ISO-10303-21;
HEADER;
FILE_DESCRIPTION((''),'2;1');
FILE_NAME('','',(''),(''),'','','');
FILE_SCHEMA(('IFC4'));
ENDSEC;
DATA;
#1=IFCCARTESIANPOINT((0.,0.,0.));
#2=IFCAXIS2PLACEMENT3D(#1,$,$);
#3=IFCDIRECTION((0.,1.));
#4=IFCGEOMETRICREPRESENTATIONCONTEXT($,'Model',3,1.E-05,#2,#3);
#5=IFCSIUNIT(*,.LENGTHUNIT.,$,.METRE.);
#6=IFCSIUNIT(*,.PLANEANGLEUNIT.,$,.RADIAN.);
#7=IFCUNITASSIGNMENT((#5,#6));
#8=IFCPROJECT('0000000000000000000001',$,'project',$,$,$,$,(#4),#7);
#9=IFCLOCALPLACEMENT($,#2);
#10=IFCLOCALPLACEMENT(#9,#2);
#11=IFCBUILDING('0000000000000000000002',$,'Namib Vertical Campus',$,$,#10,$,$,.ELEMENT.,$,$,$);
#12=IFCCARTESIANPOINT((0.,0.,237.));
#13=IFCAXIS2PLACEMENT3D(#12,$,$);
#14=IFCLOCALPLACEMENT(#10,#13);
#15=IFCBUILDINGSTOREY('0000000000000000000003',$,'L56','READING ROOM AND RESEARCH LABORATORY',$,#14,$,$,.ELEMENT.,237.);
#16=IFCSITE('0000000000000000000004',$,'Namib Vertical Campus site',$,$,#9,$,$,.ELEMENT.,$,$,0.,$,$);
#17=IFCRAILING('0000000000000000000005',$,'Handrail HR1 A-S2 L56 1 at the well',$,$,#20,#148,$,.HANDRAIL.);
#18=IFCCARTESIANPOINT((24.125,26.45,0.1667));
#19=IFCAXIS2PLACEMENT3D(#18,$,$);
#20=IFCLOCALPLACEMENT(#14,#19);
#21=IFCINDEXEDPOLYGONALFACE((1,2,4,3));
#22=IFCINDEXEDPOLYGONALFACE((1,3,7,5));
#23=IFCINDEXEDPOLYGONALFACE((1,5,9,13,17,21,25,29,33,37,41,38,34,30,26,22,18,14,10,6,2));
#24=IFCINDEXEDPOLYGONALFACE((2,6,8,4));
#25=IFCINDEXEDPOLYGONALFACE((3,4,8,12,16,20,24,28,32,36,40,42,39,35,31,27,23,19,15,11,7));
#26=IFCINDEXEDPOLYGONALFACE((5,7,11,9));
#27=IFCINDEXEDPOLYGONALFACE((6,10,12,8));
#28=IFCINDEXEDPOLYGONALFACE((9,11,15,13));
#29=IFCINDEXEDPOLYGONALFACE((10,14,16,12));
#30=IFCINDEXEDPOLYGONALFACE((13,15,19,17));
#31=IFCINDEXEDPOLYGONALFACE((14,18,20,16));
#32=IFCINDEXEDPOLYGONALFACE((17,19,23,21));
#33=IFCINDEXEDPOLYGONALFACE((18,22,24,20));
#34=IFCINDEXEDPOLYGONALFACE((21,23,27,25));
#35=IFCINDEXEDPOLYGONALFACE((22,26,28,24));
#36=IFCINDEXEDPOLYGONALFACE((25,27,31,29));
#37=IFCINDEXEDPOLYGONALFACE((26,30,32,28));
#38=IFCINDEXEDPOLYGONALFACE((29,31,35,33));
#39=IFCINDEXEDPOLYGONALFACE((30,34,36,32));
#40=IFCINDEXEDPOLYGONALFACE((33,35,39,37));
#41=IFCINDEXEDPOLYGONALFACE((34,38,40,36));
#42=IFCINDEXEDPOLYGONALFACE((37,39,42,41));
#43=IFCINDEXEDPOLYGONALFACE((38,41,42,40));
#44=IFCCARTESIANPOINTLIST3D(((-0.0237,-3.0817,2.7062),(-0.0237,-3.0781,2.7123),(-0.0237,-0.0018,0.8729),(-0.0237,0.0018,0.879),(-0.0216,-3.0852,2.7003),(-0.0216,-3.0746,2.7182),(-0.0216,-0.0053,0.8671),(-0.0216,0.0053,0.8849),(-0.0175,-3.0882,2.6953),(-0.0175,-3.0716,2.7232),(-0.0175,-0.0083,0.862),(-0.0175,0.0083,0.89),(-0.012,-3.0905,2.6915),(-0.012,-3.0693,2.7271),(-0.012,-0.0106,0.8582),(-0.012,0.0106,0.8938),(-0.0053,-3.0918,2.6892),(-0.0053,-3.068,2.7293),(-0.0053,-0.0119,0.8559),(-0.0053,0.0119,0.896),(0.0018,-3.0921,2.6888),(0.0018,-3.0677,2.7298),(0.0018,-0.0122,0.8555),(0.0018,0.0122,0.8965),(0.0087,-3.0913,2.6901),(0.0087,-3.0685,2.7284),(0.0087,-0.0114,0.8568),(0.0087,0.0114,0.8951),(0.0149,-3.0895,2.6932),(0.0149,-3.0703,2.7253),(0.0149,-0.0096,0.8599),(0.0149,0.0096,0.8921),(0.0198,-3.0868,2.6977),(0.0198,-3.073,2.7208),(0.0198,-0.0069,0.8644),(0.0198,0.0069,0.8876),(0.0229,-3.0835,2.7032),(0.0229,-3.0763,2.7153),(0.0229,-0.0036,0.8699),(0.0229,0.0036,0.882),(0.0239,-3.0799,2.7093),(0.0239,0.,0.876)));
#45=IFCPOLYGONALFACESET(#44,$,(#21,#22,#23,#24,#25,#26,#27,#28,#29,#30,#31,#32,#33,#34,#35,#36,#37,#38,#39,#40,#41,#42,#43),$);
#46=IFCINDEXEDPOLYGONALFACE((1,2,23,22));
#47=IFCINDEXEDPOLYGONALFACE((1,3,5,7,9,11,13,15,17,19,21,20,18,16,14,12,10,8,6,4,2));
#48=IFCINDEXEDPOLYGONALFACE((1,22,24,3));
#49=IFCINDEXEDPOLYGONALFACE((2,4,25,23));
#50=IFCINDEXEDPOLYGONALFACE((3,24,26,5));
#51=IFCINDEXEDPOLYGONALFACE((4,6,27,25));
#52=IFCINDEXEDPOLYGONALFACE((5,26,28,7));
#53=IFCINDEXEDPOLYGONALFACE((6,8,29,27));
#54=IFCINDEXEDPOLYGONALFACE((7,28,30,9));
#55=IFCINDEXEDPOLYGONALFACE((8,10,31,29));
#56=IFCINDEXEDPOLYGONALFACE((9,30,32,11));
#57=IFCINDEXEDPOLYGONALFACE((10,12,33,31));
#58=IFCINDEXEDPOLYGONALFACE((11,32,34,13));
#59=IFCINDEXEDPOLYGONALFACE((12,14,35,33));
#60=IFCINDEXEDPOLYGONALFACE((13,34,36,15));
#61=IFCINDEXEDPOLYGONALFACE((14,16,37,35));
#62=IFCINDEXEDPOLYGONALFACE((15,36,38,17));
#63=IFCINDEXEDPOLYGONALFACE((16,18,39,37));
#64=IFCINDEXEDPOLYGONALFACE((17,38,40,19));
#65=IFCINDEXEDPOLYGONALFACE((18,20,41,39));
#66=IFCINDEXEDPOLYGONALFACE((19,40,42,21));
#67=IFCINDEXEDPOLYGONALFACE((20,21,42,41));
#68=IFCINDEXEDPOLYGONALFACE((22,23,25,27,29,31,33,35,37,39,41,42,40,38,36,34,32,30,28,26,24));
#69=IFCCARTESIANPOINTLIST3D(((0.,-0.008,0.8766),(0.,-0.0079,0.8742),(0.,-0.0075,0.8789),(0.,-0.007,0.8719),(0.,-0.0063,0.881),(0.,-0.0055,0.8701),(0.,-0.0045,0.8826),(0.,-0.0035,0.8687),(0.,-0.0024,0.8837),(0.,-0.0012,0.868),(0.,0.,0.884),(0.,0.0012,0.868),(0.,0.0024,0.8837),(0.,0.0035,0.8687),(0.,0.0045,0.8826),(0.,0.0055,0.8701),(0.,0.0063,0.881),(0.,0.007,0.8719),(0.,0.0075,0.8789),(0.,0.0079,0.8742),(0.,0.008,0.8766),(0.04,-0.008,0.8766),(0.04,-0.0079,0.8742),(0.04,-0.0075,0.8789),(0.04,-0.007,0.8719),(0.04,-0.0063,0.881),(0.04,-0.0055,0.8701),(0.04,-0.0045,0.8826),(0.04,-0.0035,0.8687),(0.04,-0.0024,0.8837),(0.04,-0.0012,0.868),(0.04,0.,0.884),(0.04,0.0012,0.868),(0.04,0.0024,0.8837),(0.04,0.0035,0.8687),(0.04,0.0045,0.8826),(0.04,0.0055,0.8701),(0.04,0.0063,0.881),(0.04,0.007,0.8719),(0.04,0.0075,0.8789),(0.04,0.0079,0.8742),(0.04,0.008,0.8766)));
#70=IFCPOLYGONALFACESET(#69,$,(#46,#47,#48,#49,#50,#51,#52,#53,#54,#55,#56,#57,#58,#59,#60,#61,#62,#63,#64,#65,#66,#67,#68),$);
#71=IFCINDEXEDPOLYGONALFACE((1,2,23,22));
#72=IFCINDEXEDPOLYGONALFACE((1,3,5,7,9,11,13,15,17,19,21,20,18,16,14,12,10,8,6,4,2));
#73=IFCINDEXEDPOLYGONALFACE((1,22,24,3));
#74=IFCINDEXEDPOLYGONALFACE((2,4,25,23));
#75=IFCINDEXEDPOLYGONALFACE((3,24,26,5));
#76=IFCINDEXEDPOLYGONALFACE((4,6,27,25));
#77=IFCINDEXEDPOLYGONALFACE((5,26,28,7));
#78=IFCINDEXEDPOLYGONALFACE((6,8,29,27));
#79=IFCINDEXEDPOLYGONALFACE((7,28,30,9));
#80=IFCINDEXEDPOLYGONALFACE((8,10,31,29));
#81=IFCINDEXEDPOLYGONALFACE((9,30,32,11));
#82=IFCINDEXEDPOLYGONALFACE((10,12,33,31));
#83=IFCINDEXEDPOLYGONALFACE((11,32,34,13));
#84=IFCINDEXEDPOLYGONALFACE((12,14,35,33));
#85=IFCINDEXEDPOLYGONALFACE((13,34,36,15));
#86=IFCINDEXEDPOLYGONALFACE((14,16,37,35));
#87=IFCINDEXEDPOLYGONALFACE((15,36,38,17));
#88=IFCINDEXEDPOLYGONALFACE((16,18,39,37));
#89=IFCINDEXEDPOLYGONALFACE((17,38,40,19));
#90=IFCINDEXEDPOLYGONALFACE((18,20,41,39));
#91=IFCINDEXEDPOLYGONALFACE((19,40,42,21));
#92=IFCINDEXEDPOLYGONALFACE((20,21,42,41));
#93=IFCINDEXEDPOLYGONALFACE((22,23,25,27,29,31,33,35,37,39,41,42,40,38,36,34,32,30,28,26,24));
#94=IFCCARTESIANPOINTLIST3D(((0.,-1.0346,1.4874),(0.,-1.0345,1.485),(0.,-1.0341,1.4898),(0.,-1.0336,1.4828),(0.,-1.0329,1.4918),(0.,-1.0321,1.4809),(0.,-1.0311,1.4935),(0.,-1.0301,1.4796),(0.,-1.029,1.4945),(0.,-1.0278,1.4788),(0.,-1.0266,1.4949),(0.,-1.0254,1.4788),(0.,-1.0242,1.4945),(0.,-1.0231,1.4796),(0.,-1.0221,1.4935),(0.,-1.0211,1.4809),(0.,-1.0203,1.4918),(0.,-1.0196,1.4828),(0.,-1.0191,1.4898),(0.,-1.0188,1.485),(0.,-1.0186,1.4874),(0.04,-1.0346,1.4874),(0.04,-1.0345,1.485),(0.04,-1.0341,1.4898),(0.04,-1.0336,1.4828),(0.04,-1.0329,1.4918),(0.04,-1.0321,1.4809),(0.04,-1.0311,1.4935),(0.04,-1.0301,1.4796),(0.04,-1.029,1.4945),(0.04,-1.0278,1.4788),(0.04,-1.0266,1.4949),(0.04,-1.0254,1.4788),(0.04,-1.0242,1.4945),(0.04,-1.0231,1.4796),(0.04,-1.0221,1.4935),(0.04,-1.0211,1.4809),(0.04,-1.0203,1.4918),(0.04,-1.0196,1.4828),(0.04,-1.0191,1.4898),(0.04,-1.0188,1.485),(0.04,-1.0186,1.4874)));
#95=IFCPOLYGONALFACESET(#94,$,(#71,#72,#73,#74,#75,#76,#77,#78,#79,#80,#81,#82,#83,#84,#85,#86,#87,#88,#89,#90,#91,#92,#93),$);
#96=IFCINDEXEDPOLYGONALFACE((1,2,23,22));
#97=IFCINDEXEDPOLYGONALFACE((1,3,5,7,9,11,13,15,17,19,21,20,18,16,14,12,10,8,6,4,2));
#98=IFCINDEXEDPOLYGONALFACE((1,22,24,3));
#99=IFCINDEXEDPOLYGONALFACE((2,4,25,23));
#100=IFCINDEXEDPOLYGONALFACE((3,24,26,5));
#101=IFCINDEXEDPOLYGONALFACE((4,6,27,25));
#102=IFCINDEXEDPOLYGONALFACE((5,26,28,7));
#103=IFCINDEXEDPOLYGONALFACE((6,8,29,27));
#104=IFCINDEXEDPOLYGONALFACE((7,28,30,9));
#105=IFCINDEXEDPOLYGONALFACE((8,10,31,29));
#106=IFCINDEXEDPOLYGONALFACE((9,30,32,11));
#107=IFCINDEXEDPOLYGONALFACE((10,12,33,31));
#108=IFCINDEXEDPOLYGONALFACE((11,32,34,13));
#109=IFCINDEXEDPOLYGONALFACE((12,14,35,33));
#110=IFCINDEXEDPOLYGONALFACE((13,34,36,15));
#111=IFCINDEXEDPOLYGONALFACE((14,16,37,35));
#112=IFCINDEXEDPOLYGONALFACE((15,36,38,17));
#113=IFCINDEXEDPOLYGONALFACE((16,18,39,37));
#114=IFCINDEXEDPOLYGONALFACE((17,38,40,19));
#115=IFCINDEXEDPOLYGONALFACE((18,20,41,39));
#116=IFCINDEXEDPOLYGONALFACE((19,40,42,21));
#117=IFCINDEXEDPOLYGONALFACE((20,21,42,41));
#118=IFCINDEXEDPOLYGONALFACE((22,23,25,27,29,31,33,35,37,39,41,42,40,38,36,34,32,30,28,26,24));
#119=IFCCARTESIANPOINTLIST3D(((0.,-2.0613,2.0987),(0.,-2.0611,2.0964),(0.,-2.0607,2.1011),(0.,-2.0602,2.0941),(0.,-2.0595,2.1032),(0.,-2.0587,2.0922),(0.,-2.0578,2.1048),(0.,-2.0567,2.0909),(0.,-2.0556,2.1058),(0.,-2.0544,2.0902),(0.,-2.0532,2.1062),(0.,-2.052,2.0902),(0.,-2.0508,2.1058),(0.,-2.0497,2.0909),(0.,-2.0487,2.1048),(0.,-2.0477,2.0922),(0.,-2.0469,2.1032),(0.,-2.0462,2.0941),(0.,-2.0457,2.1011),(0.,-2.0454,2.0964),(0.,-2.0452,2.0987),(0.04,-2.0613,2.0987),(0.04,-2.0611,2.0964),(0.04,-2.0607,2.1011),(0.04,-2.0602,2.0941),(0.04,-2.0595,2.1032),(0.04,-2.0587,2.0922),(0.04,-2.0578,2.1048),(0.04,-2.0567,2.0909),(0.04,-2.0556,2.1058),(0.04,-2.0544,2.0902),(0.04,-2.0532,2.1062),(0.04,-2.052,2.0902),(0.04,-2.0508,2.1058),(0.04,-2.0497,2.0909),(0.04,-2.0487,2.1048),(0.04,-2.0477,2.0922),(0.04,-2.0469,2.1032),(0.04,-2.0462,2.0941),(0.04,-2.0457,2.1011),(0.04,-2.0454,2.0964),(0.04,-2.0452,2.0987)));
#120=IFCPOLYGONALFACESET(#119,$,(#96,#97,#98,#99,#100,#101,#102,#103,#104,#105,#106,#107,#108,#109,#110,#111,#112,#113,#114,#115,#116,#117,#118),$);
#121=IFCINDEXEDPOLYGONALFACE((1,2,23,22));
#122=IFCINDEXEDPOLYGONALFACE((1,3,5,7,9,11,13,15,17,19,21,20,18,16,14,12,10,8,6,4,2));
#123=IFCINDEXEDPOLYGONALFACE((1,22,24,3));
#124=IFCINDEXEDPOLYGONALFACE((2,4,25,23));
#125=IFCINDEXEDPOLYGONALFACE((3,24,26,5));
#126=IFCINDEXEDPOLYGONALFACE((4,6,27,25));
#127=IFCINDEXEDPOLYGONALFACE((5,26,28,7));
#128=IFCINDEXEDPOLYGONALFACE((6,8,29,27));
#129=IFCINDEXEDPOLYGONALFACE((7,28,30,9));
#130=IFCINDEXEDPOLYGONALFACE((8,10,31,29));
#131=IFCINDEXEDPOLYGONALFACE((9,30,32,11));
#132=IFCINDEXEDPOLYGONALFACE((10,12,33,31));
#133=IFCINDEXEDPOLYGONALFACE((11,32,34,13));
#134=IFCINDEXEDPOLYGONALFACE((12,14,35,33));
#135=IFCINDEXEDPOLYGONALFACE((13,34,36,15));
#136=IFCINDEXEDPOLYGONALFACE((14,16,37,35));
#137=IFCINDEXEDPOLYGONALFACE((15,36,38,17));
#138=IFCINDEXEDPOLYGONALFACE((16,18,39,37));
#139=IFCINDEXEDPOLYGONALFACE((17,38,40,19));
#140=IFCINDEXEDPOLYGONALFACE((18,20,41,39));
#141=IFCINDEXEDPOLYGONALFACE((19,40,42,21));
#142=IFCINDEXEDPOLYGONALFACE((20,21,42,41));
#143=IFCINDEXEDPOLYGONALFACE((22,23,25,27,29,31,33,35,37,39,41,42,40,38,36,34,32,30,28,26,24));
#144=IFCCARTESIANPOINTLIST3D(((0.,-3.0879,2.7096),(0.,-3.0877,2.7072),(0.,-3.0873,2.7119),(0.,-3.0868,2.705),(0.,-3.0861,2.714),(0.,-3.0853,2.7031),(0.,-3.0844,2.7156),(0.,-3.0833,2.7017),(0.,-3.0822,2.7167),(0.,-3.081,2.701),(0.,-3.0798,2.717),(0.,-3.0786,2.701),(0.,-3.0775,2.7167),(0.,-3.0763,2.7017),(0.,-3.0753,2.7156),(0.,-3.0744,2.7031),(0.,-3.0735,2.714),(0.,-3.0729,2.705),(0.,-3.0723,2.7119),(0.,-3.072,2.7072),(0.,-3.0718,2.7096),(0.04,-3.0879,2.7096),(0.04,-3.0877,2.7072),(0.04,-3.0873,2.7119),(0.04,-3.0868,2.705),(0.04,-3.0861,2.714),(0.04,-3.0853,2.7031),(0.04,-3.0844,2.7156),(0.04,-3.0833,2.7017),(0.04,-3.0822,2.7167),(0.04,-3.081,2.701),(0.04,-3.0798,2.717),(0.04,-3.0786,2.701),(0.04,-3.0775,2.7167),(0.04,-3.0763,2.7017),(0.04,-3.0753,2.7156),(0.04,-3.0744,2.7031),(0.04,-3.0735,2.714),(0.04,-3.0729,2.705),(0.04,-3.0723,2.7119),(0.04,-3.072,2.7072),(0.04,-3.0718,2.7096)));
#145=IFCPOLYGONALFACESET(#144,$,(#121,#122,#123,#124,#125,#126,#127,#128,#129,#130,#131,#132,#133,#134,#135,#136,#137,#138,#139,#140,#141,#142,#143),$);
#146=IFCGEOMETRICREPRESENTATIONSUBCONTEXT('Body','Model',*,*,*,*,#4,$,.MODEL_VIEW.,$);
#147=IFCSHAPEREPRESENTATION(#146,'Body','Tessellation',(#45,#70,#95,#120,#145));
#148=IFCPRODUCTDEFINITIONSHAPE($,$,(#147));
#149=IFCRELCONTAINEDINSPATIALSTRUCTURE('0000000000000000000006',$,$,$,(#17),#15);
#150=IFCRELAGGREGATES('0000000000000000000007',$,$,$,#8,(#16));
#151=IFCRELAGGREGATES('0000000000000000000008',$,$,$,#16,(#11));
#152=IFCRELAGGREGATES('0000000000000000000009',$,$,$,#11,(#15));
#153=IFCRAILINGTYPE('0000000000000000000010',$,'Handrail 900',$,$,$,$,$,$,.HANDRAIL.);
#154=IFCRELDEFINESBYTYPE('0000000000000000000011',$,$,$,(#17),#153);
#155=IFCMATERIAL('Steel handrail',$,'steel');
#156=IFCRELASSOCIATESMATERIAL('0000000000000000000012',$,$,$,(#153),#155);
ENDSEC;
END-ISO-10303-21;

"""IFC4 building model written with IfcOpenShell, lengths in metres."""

from ifc_helpers import new_model, si_unit, direction, frame, origin, origin_2d, place, context, subcontext, project, spatial, circle, extrude, material, type_object, element, save


model = new_model("IFC4")

# Units and contexts
model_context = context("Model", 3, precision=1e-05, world=origin(), true_north=direction((0.0, 1.0)))
body_context = subcontext(model_context, "Body", "Model", "MODEL_VIEW")
ifc_project = project(units=[si_unit("LENGTHUNIT", "METRE"), si_unit("PLANEANGLEUNIT", "RADIAN")], contexts=[model_context])

# Site, building, storey
site_placement = place(None, origin())
site = spatial("IfcSite", under=ifc_project, at=site_placement, Name="Namib Vertical Campus site", CompositionType="ELEMENT", RefElevation=0.0)
building_placement = place(site_placement, origin())
building = spatial("IfcBuilding", under=site, at=building_placement, Name="Namib Vertical Campus", CompositionType="ELEMENT")
storey_placement = place(building_placement, frame((0.0, 0.0, 237.0)))
storey = spatial("IfcBuildingStorey", under=building, at=storey_placement, Name="L56", Description="READING ROOM AND RESEARCH LABORATORY", CompositionType="ELEMENT", Elevation=237.0)

# Railing
ifc_material_1 = material(Name="Steel handrail", Category="steel")
railing_type_1 = type_object("IfcRailingType", Name="Handrail 900", PredefinedType="HANDRAIL", material=ifc_material_1)
railing_1_placement = place(storey_placement, frame((24.125, 26.45, 0.1667)))
element("IfcRailing", 1, at=railing_1_placement, inside=storey, type_object=railing_type_1, Name="Handrail HR1 A-S2 L56 1 at the well", PredefinedType="HANDRAIL", context=body_context, shape_type="SweptSolid", body=[
    extrude(circle(Radius=0.0239, at=origin_2d()), frame((0.0, 0.0, 0.876), z_axis=(0.0, -0.859291, 0.511487), x_axis=(1.0, 0.0, 0.0)), (0.0, 0.0, 1.0), 3.5842),
    extrude(circle(Radius=0.0081, at=origin_2d()), frame((0.0, 0.0, 0.876), z_axis=(1.0, 0.0, 0.0), x_axis=(0.0, 0.0, 1.0)), (0.0, 0.0, 1.0), 0.04),
    extrude(circle(Radius=0.0081, at=origin_2d()), frame((0.0, -1.0266, 1.4868), z_axis=(1.0, 0.0, 0.0), x_axis=(0.0, 0.0, 1.0)), (0.0, 0.0, 1.0), 0.04),
    extrude(circle(Radius=0.0081, at=origin_2d()), frame((0.0, -2.0532, 2.0981), z_axis=(1.0, 0.0, 0.0), x_axis=(0.0, 0.0, 1.0)), (0.0, 0.0, 1.0), 0.04),
    extrude(circle(Radius=0.0081, at=origin_2d()), frame((0.0, -3.0798, 2.709), z_axis=(1.0, 0.0, 0.0), x_axis=(0.0, 0.0, 1.0)), (0.0, 0.0, 1.0), 0.04),
])

save(model, "model.ifc")
